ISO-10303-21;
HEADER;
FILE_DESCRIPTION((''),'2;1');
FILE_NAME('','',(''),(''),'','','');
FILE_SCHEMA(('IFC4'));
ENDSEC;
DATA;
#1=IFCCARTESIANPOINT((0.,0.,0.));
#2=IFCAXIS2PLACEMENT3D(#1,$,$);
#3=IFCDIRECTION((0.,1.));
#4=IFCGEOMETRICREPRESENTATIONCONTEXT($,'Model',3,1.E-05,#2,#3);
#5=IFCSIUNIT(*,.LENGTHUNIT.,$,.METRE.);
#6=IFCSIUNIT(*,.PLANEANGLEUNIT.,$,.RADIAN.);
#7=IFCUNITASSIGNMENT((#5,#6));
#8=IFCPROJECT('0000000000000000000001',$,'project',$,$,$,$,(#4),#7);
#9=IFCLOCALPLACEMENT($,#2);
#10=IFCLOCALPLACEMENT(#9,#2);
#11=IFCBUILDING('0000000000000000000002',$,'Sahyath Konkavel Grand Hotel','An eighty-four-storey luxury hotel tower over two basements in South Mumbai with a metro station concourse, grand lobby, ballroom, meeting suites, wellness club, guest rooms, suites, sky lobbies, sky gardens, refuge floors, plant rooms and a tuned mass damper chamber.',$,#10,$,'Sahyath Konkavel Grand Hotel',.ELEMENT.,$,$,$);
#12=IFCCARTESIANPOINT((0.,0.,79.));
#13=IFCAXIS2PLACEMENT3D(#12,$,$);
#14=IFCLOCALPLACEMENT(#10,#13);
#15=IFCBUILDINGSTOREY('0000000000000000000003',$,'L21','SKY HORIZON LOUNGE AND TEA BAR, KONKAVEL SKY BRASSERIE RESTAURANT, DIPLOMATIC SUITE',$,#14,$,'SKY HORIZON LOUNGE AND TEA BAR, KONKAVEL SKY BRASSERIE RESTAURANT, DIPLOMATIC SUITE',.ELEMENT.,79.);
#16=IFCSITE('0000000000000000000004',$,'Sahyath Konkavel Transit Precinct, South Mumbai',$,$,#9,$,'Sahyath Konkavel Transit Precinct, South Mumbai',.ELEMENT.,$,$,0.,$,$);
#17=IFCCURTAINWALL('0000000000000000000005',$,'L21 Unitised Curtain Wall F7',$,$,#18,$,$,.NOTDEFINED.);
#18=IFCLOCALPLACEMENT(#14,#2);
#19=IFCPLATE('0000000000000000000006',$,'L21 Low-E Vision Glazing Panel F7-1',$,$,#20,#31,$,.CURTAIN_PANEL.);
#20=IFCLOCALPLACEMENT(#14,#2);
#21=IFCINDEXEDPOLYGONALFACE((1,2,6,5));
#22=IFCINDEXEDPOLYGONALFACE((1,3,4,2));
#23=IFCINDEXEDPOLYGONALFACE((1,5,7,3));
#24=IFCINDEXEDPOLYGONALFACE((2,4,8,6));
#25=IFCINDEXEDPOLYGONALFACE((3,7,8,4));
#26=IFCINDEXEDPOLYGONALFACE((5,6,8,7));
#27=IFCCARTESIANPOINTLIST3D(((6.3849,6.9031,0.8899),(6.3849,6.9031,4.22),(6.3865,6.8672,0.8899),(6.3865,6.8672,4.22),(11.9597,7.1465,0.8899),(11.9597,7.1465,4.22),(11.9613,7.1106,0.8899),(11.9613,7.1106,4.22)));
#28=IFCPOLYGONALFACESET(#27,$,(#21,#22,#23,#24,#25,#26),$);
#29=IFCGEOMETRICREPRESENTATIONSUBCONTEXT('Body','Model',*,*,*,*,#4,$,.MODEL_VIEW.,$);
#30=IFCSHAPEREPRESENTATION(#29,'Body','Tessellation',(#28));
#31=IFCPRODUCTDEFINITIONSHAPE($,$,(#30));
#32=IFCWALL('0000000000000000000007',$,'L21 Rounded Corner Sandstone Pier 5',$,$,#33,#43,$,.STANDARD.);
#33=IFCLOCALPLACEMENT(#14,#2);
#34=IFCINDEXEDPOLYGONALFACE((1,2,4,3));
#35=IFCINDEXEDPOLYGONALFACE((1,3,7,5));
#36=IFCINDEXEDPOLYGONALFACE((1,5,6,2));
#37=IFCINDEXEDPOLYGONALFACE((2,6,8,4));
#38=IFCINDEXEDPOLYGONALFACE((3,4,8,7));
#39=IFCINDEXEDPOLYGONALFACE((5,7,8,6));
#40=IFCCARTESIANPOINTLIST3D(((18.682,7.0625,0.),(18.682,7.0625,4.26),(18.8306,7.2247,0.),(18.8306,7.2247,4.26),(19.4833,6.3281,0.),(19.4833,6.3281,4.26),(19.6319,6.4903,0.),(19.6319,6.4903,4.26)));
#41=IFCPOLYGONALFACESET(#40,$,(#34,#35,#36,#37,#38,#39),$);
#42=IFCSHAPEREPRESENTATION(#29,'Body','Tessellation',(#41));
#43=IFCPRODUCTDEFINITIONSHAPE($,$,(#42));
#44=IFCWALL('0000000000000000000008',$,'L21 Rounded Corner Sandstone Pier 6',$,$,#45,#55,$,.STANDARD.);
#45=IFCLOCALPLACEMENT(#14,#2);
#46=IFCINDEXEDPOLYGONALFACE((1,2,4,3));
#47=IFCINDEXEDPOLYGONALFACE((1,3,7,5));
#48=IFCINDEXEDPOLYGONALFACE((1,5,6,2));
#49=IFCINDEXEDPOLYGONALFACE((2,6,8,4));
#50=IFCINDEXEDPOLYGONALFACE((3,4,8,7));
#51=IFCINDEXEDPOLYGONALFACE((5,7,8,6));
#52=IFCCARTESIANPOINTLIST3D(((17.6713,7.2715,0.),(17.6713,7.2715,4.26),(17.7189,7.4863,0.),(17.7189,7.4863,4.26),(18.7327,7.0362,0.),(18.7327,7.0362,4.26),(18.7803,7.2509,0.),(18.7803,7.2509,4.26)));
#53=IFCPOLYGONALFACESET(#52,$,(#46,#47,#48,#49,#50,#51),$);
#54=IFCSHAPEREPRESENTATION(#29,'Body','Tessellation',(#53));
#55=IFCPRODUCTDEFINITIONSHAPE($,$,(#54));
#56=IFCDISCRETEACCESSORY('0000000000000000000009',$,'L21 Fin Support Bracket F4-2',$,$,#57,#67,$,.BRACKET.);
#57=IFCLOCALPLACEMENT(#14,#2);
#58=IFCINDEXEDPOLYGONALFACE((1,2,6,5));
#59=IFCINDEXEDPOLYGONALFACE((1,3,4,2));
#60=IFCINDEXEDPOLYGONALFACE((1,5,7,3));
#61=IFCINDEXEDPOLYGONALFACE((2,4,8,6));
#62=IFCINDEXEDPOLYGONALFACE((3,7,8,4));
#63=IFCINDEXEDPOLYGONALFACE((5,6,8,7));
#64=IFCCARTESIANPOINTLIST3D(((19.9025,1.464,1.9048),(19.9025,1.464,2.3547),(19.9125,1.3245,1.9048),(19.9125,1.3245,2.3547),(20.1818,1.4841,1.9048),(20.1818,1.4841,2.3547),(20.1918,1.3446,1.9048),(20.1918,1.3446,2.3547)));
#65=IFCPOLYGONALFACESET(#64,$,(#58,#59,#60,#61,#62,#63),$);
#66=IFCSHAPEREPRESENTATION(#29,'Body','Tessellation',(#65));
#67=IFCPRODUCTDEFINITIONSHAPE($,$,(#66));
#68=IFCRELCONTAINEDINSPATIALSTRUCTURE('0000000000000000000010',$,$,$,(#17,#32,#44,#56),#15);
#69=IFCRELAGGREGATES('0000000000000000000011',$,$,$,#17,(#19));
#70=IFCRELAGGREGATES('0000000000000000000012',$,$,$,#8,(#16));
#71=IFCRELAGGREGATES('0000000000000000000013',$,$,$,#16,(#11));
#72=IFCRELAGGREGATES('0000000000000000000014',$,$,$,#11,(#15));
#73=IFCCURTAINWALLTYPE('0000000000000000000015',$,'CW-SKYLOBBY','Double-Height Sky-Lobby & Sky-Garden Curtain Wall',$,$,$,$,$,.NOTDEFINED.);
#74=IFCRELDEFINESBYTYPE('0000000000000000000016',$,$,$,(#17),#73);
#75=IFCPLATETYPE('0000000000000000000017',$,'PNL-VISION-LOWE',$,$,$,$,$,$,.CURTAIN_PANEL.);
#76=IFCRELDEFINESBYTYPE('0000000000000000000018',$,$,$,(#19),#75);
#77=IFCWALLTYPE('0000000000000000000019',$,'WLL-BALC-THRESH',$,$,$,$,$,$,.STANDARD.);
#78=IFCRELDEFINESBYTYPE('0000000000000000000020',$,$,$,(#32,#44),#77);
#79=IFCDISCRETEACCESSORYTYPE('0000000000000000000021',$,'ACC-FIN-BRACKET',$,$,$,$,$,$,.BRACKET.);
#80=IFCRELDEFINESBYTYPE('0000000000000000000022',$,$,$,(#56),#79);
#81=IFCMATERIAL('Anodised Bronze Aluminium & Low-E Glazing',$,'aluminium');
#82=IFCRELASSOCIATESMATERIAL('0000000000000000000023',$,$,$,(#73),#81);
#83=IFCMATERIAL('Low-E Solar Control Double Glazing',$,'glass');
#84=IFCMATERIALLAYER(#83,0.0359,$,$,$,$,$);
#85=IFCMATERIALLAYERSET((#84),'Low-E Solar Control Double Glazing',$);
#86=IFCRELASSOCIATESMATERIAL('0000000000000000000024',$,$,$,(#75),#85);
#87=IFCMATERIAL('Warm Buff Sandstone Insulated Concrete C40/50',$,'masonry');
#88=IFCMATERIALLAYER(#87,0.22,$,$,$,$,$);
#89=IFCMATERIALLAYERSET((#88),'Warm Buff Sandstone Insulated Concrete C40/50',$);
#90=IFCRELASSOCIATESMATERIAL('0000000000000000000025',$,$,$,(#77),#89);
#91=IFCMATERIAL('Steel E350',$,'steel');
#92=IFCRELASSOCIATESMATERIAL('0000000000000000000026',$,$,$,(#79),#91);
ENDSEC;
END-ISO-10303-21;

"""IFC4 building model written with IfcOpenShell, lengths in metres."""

from ifc_helpers import new_model, si_unit, direction, frame, frame_2d, origin, origin_2d, place, context, subcontext, project, spatial, rectangle, extrude, source, transform, mapped, material, layer, layer_set, type_object, element, aggregate, save


model = new_model("IFC4")

# Units and contexts
model_context = context("Model", 3, precision=1e-05, world=origin(), true_north=direction((0.0, 1.0)))
body_context = subcontext(model_context, "Body", "Model", "MODEL_VIEW")
ifc_project = project(units=[si_unit("LENGTHUNIT", "METRE"), si_unit("PLANEANGLEUNIT", "RADIAN")], contexts=[model_context])

# Site, building, storey
site_placement = place(None, origin())
site = spatial("IfcSite", under=ifc_project, at=site_placement, Name="Sahyath Konkavel Transit Precinct, South Mumbai", LongName="Sahyath Konkavel Transit Precinct, South Mumbai", CompositionType="ELEMENT", RefElevation=0.0)
building_placement = place(site_placement, origin())
building = spatial("IfcBuilding", under=site, at=building_placement, Name="Sahyath Konkavel Grand Hotel", Description="An eighty-four-storey luxury hotel tower over two basements in South Mumbai with a metro station concourse, grand lobby, ballroom, meeting suites, wellness club, guest rooms, suites, sky lobbies, sky gardens, refuge floors, plant rooms and a tuned mass damper chamber.", LongName="Sahyath Konkavel Grand Hotel", CompositionType="ELEMENT")
storey_placement = place(building_placement, frame((0.0, 0.0, 79.0)))
storey = spatial("IfcBuildingStorey", under=building, at=storey_placement, Name="L21", Description="SKY HORIZON LOUNGE AND TEA BAR, KONKAVEL SKY BRASSERIE RESTAURANT, DIPLOMATIC SUITE", LongName="SKY HORIZON LOUNGE AND TEA BAR, KONKAVEL SKY BRASSERIE RESTAURANT, DIPLOMATIC SUITE", CompositionType="ELEMENT", Elevation=79.0)

# Shared definitions
ifc_material_1 = material(Name="Steel E350", Category="steel")

# Shared definitions
ifc_material_2 = material(Name="Anodised Bronze Aluminium & Low-E Glazing", Category="aluminium")
curtain_wall_type = type_object("IfcCurtainWallType", Name="CW-SKYLOBBY", Description="Double-Height Sky-Lobby & Sky-Garden Curtain Wall", PredefinedType="NOTDEFINED", material=ifc_material_2)

# Curtain wall
curtain_wall_1_placement = place(storey_placement, origin())
curtain_wall_1 = element("IfcCurtainWall", 1, at=curtain_wall_1_placement, inside=storey, type_object=curtain_wall_type, Name="L21 Unitised Curtain Wall F7", PredefinedType="NOTDEFINED")

# Plate
ifc_material_3 = material(Name="Low-E Solar Control Double Glazing", Category="glass")
ifc_layer_1 = layer(ifc_material_3, 0.0359)
ifc_layer_set_1 = layer_set([ifc_layer_1], Name="Low-E Solar Control Double Glazing")
plate_type_1 = type_object("IfcPlateType", Name="PNL-VISION-LOWE", PredefinedType="CURTAIN_PANEL", material=ifc_layer_set_1)
shared_shape_1 = source(origin(), body_context, "Body", "SweptSolid", [
    extrude(rectangle(XDim=5.5801, YDim=0.0359, at=origin_2d()), origin(), (0.0, 0.0, 1.0), 3.3301),
])
plate_1_placement = place(storey_placement, frame((9.1731, 7.0068, 0.8899), z_axis=(0.0, 0.0, 1.0), x_axis=(-0.999048, -0.043619, 0.0)))
plate_1 = element("IfcPlate", 2, at=plate_1_placement, type_object=plate_type_1, Name="L21 Low-E Vision Glazing Panel F7-1", PredefinedType="CURTAIN_PANEL", context=body_context, shape_type="MappedRepresentation", body=[
    mapped(shared_shape_1, transform((0.0, 0.0, 0.0), scale=1.0)),
])
aggregate(curtain_wall_1, [plate_1])

# Walls
ifc_material_4 = material(Name="Warm Buff Sandstone Insulated Concrete C40/50", Category="masonry")
ifc_layer_2 = layer(ifc_material_4, 0.22)
ifc_layer_set_2 = layer_set([ifc_layer_2], Name="Warm Buff Sandstone Insulated Concrete C40/50")
wall_type = type_object("IfcWallType", Name="WLL-BALC-THRESH", PredefinedType="STANDARD", material=ifc_layer_set_2)
wall_1_placement = place(storey_placement, frame((19.5576, 6.4092, 0.0), z_axis=(0.0, 0.0, 1.0), x_axis=(-0.73721, 0.675664, 0.0)))
element("IfcWall", 3, at=wall_1_placement, inside=storey, type_object=wall_type, Name="L21 Rounded Corner Sandstone Pier 5", PredefinedType="STANDARD", context=body_context, shape_type="SweptSolid", body=[
    extrude(rectangle(XDim=1.0869, YDim=0.22, at=frame_2d((0.5435, 0.0))), origin(), (0.0, 0.0, 1.0), 4.26),
])
wall_2_placement = place(storey_placement, frame((18.7563, 7.1436, 0.0), z_axis=(0.0, 0.0, 1.0), x_axis=(-0.976282, 0.216502, 0.0)))
element("IfcWall", 4, at=wall_2_placement, inside=storey, type_object=wall_type, Name="L21 Rounded Corner Sandstone Pier 6", PredefinedType="STANDARD", context=body_context, shape_type="SweptSolid", body=[
    extrude(rectangle(XDim=1.0872, YDim=0.22, at=frame_2d((0.5435, 0.0))), origin(), (0.0, 0.0, 1.0), 4.26),
])

# Discrete accessory
discrete_accessory_type = type_object("IfcDiscreteAccessoryType", Name="ACC-FIN-BRACKET", PredefinedType="BRACKET", material=ifc_material_1)
shared_shape_2 = source(origin(), body_context, "Body", "SweptSolid", [
    extrude(rectangle(XDim=0.28, YDim=0.1399, at=origin_2d()), origin(), (0.0, 0.0, 1.0), 0.45),
])
discrete_accessory_placement = place(storey_placement, frame((20.0471, 1.4043, 1.9048), z_axis=(0.0, 0.0, 1.0), x_axis=(0.997436, 0.071567, 0.0)))
element("IfcDiscreteAccessory", 5, at=discrete_accessory_placement, inside=storey, type_object=discrete_accessory_type, Name="L21 Fin Support Bracket F4-2", PredefinedType="BRACKET", context=body_context, shape_type="MappedRepresentation", body=[
    mapped(shared_shape_2, transform((0.0, 0.0, 0.0), scale=1.0)),
])

save(model, "model.ifc")
